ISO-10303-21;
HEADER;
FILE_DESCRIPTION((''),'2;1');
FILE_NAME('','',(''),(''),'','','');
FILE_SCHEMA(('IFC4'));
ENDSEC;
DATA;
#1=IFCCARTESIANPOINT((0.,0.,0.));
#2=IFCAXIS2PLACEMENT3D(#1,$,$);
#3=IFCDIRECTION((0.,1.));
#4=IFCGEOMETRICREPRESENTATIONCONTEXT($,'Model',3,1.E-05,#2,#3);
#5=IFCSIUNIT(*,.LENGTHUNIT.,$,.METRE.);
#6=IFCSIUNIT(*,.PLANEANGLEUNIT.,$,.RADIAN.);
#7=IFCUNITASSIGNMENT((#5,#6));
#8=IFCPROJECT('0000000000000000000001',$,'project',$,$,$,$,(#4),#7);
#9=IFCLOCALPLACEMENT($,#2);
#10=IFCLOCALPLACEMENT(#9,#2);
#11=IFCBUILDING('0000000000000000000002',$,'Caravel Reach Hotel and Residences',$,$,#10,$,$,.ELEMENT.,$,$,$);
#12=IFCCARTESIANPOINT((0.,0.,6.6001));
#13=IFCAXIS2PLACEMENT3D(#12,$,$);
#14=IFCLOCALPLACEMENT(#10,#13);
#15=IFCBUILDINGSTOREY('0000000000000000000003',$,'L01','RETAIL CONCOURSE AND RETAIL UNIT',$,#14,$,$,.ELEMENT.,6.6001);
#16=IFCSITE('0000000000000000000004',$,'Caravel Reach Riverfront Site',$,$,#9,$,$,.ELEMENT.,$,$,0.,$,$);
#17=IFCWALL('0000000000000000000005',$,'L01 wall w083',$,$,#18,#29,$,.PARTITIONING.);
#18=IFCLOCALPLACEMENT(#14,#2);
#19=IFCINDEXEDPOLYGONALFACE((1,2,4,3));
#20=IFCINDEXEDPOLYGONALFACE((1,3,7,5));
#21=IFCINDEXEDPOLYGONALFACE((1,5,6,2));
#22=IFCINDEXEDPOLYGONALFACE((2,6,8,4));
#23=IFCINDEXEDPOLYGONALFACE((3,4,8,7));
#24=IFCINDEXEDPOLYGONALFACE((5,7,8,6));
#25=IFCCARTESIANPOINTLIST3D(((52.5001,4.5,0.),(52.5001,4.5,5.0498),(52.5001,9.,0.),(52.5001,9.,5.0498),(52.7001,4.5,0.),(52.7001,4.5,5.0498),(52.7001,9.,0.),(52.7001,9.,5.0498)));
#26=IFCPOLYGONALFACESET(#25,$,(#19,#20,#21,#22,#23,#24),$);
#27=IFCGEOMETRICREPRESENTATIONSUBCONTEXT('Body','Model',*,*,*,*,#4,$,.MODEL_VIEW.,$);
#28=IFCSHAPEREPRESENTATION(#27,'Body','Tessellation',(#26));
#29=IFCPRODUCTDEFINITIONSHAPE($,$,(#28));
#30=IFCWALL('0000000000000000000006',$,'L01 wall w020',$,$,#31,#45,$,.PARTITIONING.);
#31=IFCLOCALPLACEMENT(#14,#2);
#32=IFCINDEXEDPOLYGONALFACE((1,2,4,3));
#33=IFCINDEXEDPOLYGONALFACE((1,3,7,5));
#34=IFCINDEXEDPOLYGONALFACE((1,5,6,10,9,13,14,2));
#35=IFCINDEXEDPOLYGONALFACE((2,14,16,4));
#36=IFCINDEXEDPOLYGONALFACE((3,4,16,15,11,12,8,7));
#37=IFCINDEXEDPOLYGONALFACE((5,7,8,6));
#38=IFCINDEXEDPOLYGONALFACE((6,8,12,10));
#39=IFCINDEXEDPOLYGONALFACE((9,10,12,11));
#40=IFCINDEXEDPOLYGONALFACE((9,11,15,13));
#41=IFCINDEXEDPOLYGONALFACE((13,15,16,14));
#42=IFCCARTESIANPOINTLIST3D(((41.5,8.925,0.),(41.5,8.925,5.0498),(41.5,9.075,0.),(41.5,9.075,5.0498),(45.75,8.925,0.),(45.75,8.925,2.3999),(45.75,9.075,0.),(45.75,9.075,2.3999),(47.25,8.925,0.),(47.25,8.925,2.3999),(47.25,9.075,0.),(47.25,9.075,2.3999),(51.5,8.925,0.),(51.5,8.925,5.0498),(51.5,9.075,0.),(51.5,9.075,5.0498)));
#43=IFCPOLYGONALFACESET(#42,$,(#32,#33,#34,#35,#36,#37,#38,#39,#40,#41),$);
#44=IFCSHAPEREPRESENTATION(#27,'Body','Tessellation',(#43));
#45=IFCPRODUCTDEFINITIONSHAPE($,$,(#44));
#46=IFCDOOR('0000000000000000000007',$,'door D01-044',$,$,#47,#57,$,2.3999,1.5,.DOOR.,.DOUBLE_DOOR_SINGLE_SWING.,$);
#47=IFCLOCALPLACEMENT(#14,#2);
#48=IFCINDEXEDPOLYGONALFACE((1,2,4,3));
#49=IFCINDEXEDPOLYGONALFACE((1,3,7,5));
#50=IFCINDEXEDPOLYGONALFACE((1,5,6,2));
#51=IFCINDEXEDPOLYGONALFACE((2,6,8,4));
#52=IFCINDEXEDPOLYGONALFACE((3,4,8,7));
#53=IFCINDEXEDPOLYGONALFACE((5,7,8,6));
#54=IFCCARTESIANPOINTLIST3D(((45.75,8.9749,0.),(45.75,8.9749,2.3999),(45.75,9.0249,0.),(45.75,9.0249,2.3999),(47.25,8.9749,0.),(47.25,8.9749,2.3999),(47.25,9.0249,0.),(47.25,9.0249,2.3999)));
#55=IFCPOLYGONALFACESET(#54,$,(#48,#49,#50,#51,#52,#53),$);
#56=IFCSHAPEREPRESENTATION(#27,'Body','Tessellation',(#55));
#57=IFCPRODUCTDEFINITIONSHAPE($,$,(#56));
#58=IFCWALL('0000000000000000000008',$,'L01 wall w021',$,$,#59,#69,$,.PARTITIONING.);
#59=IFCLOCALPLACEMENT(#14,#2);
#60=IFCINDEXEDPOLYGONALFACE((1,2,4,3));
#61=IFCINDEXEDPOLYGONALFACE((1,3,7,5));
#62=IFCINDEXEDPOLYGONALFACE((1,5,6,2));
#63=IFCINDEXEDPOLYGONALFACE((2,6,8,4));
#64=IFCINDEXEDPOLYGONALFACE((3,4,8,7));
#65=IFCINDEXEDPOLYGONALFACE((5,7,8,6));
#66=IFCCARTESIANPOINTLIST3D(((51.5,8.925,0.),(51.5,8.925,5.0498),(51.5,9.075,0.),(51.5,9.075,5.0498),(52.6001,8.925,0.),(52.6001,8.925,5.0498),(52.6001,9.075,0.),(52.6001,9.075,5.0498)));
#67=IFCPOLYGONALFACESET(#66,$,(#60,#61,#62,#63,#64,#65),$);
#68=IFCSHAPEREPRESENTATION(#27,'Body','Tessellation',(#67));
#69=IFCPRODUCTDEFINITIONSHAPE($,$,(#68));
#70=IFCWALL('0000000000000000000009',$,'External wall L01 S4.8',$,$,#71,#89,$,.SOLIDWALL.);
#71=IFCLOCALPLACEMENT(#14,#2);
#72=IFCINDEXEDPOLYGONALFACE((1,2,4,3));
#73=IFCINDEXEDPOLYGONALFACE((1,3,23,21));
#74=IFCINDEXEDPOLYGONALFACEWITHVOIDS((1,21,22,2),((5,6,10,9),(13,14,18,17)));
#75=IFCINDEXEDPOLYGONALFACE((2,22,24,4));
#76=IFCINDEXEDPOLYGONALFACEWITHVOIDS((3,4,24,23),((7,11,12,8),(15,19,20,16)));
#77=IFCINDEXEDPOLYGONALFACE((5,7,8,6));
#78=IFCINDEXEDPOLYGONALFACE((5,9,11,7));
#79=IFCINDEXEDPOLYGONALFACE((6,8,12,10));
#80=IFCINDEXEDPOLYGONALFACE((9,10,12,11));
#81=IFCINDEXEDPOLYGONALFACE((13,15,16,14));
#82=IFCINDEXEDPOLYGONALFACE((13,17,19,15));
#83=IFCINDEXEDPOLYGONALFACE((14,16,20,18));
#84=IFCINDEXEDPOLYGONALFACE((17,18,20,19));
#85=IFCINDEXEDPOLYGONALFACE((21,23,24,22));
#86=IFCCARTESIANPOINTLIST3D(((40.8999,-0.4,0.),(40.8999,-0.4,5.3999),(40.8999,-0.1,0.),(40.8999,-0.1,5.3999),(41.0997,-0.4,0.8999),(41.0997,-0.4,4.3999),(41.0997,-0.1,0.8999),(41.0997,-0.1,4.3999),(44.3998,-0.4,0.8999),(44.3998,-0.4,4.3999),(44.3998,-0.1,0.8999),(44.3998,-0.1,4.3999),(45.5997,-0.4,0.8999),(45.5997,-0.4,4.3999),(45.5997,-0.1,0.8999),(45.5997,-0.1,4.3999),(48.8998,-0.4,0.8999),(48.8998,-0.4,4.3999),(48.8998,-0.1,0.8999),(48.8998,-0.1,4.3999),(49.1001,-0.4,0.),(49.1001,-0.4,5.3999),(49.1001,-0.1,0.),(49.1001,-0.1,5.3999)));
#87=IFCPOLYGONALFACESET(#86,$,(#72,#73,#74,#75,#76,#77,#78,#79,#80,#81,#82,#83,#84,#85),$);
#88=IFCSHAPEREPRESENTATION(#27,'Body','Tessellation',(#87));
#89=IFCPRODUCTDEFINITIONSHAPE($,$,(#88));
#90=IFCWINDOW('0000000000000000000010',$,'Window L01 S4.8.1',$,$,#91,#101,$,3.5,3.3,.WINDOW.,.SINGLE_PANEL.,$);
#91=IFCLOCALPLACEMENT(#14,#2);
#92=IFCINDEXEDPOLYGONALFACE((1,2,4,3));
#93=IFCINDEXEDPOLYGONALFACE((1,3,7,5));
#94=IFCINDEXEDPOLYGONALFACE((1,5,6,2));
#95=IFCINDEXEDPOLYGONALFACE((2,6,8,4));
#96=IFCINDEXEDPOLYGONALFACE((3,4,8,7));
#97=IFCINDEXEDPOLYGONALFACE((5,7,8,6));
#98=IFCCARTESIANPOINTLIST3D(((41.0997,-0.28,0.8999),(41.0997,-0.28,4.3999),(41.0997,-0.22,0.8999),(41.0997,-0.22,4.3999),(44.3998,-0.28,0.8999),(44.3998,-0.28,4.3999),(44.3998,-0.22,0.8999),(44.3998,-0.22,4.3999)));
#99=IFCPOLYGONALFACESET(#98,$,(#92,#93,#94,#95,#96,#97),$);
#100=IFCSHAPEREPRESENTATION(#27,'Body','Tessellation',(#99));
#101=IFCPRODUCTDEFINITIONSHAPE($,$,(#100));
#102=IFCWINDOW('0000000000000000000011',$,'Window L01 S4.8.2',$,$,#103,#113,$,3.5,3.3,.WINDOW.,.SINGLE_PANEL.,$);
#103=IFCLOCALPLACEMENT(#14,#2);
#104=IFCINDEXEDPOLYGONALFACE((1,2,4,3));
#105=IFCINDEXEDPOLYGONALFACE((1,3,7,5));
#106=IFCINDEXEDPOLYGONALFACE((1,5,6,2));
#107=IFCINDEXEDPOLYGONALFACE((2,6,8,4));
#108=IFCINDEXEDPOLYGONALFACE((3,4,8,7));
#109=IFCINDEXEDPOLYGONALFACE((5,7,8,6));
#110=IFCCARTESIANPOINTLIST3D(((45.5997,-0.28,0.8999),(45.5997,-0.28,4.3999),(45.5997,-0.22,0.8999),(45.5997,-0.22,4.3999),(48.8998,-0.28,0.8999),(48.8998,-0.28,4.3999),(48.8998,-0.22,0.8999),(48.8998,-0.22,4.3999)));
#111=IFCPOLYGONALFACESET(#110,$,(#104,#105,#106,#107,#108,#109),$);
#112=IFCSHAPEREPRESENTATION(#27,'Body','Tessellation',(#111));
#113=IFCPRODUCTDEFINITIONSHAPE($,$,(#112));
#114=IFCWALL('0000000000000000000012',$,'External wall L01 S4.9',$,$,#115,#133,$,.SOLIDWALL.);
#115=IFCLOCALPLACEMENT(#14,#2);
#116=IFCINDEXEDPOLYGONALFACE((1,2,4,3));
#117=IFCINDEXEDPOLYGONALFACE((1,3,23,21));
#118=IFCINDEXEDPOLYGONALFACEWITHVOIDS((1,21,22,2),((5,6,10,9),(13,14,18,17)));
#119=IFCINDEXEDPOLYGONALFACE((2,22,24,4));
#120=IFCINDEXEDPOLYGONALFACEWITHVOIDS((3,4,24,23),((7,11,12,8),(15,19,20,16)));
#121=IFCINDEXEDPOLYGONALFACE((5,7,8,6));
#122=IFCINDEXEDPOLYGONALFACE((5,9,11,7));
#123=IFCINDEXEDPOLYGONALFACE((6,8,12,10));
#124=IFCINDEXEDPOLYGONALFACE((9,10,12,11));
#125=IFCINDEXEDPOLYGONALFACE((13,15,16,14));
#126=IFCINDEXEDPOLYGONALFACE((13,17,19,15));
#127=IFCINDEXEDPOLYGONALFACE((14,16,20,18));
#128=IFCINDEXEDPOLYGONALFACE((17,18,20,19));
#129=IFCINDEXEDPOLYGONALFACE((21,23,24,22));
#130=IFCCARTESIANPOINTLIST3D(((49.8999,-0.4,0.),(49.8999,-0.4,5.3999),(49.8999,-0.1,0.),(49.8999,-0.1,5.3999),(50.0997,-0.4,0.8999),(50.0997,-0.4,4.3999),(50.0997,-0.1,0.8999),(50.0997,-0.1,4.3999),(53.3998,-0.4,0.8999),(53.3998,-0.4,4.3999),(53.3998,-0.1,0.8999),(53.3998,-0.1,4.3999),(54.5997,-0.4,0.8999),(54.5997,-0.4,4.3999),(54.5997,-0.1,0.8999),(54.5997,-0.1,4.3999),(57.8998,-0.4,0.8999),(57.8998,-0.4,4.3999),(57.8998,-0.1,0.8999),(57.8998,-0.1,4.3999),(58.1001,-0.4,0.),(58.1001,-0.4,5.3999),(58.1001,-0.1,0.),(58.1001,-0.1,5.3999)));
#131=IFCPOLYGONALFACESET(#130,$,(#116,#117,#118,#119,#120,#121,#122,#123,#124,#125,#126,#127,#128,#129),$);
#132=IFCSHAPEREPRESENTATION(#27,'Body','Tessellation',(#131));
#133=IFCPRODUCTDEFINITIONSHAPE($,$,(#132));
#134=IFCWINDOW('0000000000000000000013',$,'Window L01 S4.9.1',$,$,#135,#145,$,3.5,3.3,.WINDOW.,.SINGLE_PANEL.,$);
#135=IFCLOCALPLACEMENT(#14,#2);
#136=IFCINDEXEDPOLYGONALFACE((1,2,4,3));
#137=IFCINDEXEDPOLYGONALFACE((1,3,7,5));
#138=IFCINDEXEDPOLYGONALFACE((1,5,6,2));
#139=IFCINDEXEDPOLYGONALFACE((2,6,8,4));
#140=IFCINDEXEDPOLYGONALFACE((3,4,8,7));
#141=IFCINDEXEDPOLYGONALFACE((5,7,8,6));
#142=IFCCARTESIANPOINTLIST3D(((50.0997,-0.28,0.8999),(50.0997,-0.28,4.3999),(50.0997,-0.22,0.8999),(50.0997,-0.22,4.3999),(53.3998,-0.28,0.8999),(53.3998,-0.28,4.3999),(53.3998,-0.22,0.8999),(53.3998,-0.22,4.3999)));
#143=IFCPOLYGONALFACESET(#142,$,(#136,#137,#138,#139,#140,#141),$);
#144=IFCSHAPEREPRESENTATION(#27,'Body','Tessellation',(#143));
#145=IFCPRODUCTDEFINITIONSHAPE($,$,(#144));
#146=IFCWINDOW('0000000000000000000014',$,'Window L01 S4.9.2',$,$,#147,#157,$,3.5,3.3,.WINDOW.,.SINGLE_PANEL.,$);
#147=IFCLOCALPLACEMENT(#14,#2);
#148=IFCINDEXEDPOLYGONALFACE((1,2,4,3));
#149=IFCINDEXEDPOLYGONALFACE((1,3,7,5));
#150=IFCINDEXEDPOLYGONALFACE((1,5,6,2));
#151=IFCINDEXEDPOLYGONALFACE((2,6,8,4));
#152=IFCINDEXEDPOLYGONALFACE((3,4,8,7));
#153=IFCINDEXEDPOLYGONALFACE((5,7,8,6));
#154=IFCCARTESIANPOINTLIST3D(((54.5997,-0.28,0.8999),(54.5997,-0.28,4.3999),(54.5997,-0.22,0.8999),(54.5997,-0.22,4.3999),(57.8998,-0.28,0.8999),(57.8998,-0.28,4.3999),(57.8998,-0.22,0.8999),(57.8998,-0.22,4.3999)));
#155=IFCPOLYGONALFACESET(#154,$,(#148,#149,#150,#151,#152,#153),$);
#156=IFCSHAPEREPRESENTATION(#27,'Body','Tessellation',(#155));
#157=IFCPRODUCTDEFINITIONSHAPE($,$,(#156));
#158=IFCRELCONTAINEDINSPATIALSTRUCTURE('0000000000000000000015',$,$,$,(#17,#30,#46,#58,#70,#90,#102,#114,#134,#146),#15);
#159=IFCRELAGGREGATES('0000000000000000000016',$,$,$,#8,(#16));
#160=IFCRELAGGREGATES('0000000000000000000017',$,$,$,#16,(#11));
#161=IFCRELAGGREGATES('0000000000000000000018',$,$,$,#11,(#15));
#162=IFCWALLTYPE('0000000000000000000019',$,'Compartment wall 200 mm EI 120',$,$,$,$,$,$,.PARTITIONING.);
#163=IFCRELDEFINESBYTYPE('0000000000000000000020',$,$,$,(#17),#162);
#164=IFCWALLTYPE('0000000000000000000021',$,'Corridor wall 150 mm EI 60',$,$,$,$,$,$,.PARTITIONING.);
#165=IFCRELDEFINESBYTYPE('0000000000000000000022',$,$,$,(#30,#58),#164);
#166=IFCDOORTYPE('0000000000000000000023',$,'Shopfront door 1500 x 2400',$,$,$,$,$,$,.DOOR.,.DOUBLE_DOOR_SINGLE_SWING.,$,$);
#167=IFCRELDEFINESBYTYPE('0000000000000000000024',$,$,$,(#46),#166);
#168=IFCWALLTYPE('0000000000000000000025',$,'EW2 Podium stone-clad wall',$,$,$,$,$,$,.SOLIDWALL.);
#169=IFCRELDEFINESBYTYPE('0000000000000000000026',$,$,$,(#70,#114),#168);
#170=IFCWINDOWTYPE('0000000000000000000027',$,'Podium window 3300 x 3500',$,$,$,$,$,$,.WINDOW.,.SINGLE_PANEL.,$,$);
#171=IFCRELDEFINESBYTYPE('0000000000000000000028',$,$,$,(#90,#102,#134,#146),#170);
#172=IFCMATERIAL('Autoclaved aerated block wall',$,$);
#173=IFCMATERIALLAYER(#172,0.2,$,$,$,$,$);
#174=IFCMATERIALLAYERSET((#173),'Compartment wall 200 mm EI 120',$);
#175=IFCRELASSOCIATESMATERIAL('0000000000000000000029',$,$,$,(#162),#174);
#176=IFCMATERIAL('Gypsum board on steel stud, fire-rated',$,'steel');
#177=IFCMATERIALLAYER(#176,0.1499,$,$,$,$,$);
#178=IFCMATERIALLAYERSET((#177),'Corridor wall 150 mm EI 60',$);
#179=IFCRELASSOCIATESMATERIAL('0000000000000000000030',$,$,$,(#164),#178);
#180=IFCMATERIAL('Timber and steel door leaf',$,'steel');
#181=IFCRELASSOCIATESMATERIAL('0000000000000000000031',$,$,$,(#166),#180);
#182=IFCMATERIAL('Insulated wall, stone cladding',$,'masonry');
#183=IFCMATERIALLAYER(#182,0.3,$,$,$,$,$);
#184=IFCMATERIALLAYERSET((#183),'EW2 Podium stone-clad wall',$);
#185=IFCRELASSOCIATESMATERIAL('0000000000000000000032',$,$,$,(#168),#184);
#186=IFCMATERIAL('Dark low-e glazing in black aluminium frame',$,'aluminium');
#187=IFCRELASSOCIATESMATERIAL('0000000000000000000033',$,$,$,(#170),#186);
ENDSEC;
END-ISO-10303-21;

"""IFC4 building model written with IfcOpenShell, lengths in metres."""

from ifc_helpers import new_model, si_unit, direction, frame, frame_2d, origin, place, context, subcontext, project, spatial, rectangle, extrude, material, layer, layer_set, type_object, element, fill, save


model = new_model("IFC4")

# Units and contexts
model_context = context("Model", 3, precision=1e-05, world=origin(), true_north=direction((0.0, 1.0)))
body_context = subcontext(model_context, "Body", "Model", "MODEL_VIEW")
ifc_project = project(units=[si_unit("LENGTHUNIT", "METRE"), si_unit("PLANEANGLEUNIT", "RADIAN")], contexts=[model_context])

# Site, building, storey
site_placement = place(None, origin())
site = spatial("IfcSite", under=ifc_project, at=site_placement, Name="Caravel Reach Riverfront Site", CompositionType="ELEMENT", RefElevation=0.0)
building_placement = place(site_placement, origin())
building = spatial("IfcBuilding", under=site, at=building_placement, Name="Caravel Reach Hotel and Residences", CompositionType="ELEMENT")
storey_placement = place(building_placement, frame((0.0, 0.0, 6.6001)))
storey = spatial("IfcBuildingStorey", under=building, at=storey_placement, Name="L01", Description="RETAIL CONCOURSE AND RETAIL UNIT", CompositionType="ELEMENT", Elevation=6.6001)

# Shared definitions
ifc_material_1 = material(Name="Autoclaved aerated block wall")
ifc_layer_1 = layer(ifc_material_1, 0.2)
ifc_layer_set_1 = layer_set([ifc_layer_1], Name="Compartment wall 200 mm EI 120")
wall_type_1 = type_object("IfcWallType", Name="Compartment wall 200 mm EI 120", PredefinedType="PARTITIONING", material=ifc_layer_set_1)

# Wall
wall_1_placement = place(storey_placement, frame((52.6001, 4.5, 0.0), z_axis=(0.0, 0.0, 1.0), x_axis=(0.0, 1.0, 0.0)))
element("IfcWall", 1, at=wall_1_placement, inside=storey, type_object=wall_type_1, Name="L01 wall w083", PredefinedType="PARTITIONING", context=body_context, shape_type="SweptSolid", body=[
    extrude(rectangle(XDim=4.5, YDim=0.2, at=frame_2d((2.25, 0.0))), origin(), (0.0, 0.0, 1.0), 5.0498),
])

# Wall, opening, door
ifc_material_2 = material(Name="Gypsum board on steel stud, fire-rated", Category="steel")
ifc_layer_2 = layer(ifc_material_2, 0.1499)
ifc_layer_set_2 = layer_set([ifc_layer_2], Name="Corridor wall 150 mm EI 60")
wall_type_2 = type_object("IfcWallType", Name="Corridor wall 150 mm EI 60", PredefinedType="PARTITIONING", material=ifc_layer_set_2)
wall_2_placement = place(storey_placement, frame((41.5, 9.0, 0.0), z_axis=(0.0, 0.0, 1.0), x_axis=(1.0, 0.0, 0.0)))
wall_2 = element("IfcWall", 2, at=wall_2_placement, inside=storey, type_object=wall_type_2, Name="L01 wall w020", PredefinedType="PARTITIONING", context=body_context, shape_type="SweptSolid", body=[
    extrude(rectangle(XDim=10.0, YDim=0.1499, at=frame_2d((5.0, 0.0))), origin(), (0.0, 0.0, 1.0), 5.0498),
])
opening_1_placement = place(wall_2_placement, frame((4.25, 0.0, 0.0)))
opening_1 = element("IfcOpeningElement", 3, at=opening_1_placement, cuts=wall_2, PredefinedType="OPENING", context=body_context, shape_type="SweptSolid", body=[
    extrude(rectangle(XDim=1.5, YDim=2.3999, at=frame_2d((0.75, 1.2))), frame((0.0, 0.085, 0.0), z_axis=(0.0, -1.0, 0.0), x_axis=(1.0, 0.0, 0.0)), (0.0, 0.0, 1.0), 0.1699),
])
ifc_material_3 = material(Name="Timber and steel door leaf", Category="steel")
door_type_1 = type_object("IfcDoorType", Name="Shopfront door 1500 x 2400", OperationType="DOUBLE_DOOR_SINGLE_SWING", PredefinedType="DOOR", material=ifc_material_3)
door_1_placement = place(opening_1_placement, origin())
door_1 = element("IfcDoor", 4, at=door_1_placement, inside=storey, type_object=door_type_1, Name="door D01-044", OperationType="DOUBLE_DOOR_SINGLE_SWING", OverallHeight=2.3999, OverallWidth=1.5, PredefinedType="DOOR", context=body_context, shape_type="SweptSolid", body=[
    extrude(rectangle(XDim=1.5, YDim=2.3999, at=frame_2d((0.75, 1.2))), frame((0.0, 0.0249, 0.0), z_axis=(0.0, -1.0, 0.0), x_axis=(1.0, 0.0, 0.0)), (0.0, 0.0, 1.0), 0.05),
])
fill(opening_1, door_1)

# Wall
wall_3_placement = place(storey_placement, frame((51.5, 9.0, 0.0), z_axis=(0.0, 0.0, 1.0), x_axis=(1.0, 0.0, 0.0)))
element("IfcWall", 5, at=wall_3_placement, inside=storey, type_object=wall_type_2, Name="L01 wall w021", PredefinedType="PARTITIONING", context=body_context, shape_type="SweptSolid", body=[
    extrude(rectangle(XDim=1.1001, YDim=0.1499, at=frame_2d((0.55, 0.0))), origin(), (0.0, 0.0, 1.0), 5.0498),
])

# Walls, openings, windows
ifc_material_4 = material(Name="Insulated wall, stone cladding", Category="masonry")
ifc_layer_3 = layer(ifc_material_4, 0.3)
ifc_layer_set_3 = layer_set([ifc_layer_3], Name="EW2 Podium stone-clad wall")
wall_type_3 = type_object("IfcWallType", Name="EW2 Podium stone-clad wall", PredefinedType="SOLIDWALL", material=ifc_layer_set_3)
wall_4_placement = place(storey_placement, frame((40.8999, -0.25, 0.0), z_axis=(0.0, 0.0, 1.0), x_axis=(1.0, 0.0, 0.0)))
wall_4 = element("IfcWall", 6, at=wall_4_placement, inside=storey, type_object=wall_type_3, Name="External wall L01 S4.8", PredefinedType="SOLIDWALL", context=body_context, shape_type="SweptSolid", body=[
    extrude(rectangle(XDim=8.2002, YDim=0.3, at=frame_2d((4.1001, 0.0))), origin(), (0.0, 0.0, 1.0), 5.3999),
])
opening_2_placement = place(wall_4_placement, frame((0.2, 0.0, 0.8999)))
opening_2 = element("IfcOpeningElement", 7, at=opening_2_placement, cuts=wall_4, PredefinedType="OPENING", context=body_context, shape_type="SweptSolid", body=[
    extrude(rectangle(XDim=3.3, YDim=3.5, at=frame_2d((1.6499, 1.75))), frame((0.0, 0.1599, 0.0), z_axis=(0.0, -1.0, 0.0), x_axis=(1.0, 0.0, 0.0)), (0.0, 0.0, 1.0), 0.3201),
])
opening_3_placement = place(wall_4_placement, frame((4.7, 0.0, 0.8999)))
opening_3 = element("IfcOpeningElement", 8, at=opening_3_placement, cuts=wall_4, PredefinedType="OPENING", context=body_context, shape_type="SweptSolid", body=[
    extrude(rectangle(XDim=3.3, YDim=3.5, at=frame_2d((1.6499, 1.75))), frame((0.0, 0.1599, 0.0), z_axis=(0.0, -1.0, 0.0), x_axis=(1.0, 0.0, 0.0)), (0.0, 0.0, 1.0), 0.3201),
])
ifc_material_5 = material(Name="Dark low-e glazing in black aluminium frame", Category="aluminium")
window_type = type_object("IfcWindowType", Name="Podium window 3300 x 3500", PartitioningType="SINGLE_PANEL", PredefinedType="WINDOW", material=ifc_material_5)
window_1_placement = place(opening_2_placement, origin())
window_1 = element("IfcWindow", 9, at=window_1_placement, inside=storey, type_object=window_type, Name="Window L01 S4.8.1", OverallHeight=3.5, OverallWidth=3.3, PartitioningType="SINGLE_PANEL", PredefinedType="WINDOW", context=body_context, shape_type="SweptSolid", body=[
    extrude(rectangle(XDim=3.3, YDim=3.5, at=frame_2d((1.6499, 1.75))), frame((0.0, 0.03, 0.0), z_axis=(0.0, -1.0, 0.0), x_axis=(1.0, 0.0, 0.0)), (0.0, 0.0, 1.0), 0.0601),
])
fill(opening_2, window_1)
window_2_placement = place(opening_3_placement, origin())
window_2 = element("IfcWindow", 10, at=window_2_placement, inside=storey, type_object=window_type, Name="Window L01 S4.8.2", OverallHeight=3.5, OverallWidth=3.3, PartitioningType="SINGLE_PANEL", PredefinedType="WINDOW", context=body_context, shape_type="SweptSolid", body=[
    extrude(rectangle(XDim=3.3, YDim=3.5, at=frame_2d((1.6499, 1.75))), frame((0.0, 0.03, 0.0), z_axis=(0.0, -1.0, 0.0), x_axis=(1.0, 0.0, 0.0)), (0.0, 0.0, 1.0), 0.0601),
])
fill(opening_3, window_2)
wall_5_placement = place(storey_placement, frame((49.8999, -0.25, 0.0), z_axis=(0.0, 0.0, 1.0), x_axis=(1.0, 0.0, 0.0)))
wall_5 = element("IfcWall", 11, at=wall_5_placement, inside=storey, type_object=wall_type_3, Name="External wall L01 S4.9", PredefinedType="SOLIDWALL", context=body_context, shape_type="SweptSolid", body=[
    extrude(rectangle(XDim=8.2002, YDim=0.3, at=frame_2d((4.1001, 0.0))), origin(), (0.0, 0.0, 1.0), 5.3999),
])
opening_4_placement = place(wall_5_placement, frame((0.2, 0.0, 0.8999)))
opening_4 = element("IfcOpeningElement", 12, at=opening_4_placement, cuts=wall_5, PredefinedType="OPENING", context=body_context, shape_type="SweptSolid", body=[
    extrude(rectangle(XDim=3.3, YDim=3.5, at=frame_2d((1.6499, 1.75))), frame((0.0, 0.1599, 0.0), z_axis=(0.0, -1.0, 0.0), x_axis=(1.0, 0.0, 0.0)), (0.0, 0.0, 1.0), 0.3201),
])
opening_5_placement = place(wall_5_placement, frame((4.7, 0.0, 0.8999)))
opening_5 = element("IfcOpeningElement", 13, at=opening_5_placement, cuts=wall_5, PredefinedType="OPENING", context=body_context, shape_type="SweptSolid", body=[
    extrude(rectangle(XDim=3.3, YDim=3.5, at=frame_2d((1.6499, 1.75))), frame((0.0, 0.1599, 0.0), z_axis=(0.0, -1.0, 0.0), x_axis=(1.0, 0.0, 0.0)), (0.0, 0.0, 1.0), 0.3201),
])
window_3_placement = place(opening_4_placement, origin())
window_3 = element("IfcWindow", 14, at=window_3_placement, inside=storey, type_object=window_type, Name="Window L01 S4.9.1", OverallHeight=3.5, OverallWidth=3.3, PartitioningType="SINGLE_PANEL", PredefinedType="WINDOW", context=body_context, shape_type="SweptSolid", body=[
    extrude(rectangle(XDim=3.3, YDim=3.5, at=frame_2d((1.6499, 1.75))), frame((0.0, 0.03, 0.0), z_axis=(0.0, -1.0, 0.0), x_axis=(1.0, 0.0, 0.0)), (0.0, 0.0, 1.0), 0.0601),
])
fill(opening_4, window_3)
window_4_placement = place(opening_5_placement, origin())
window_4 = element("IfcWindow", 15, at=window_4_placement, inside=storey, type_object=window_type, Name="Window L01 S4.9.2", OverallHeight=3.5, OverallWidth=3.3, PartitioningType="SINGLE_PANEL", PredefinedType="WINDOW", context=body_context, shape_type="SweptSolid", body=[
    extrude(rectangle(XDim=3.3, YDim=3.5, at=frame_2d((1.6499, 1.75))), frame((0.0, 0.03, 0.0), z_axis=(0.0, -1.0, 0.0), x_axis=(1.0, 0.0, 0.0)), (0.0, 0.0, 1.0), 0.0601),
])
fill(opening_5, window_4)

save(model, "model.ifc")
